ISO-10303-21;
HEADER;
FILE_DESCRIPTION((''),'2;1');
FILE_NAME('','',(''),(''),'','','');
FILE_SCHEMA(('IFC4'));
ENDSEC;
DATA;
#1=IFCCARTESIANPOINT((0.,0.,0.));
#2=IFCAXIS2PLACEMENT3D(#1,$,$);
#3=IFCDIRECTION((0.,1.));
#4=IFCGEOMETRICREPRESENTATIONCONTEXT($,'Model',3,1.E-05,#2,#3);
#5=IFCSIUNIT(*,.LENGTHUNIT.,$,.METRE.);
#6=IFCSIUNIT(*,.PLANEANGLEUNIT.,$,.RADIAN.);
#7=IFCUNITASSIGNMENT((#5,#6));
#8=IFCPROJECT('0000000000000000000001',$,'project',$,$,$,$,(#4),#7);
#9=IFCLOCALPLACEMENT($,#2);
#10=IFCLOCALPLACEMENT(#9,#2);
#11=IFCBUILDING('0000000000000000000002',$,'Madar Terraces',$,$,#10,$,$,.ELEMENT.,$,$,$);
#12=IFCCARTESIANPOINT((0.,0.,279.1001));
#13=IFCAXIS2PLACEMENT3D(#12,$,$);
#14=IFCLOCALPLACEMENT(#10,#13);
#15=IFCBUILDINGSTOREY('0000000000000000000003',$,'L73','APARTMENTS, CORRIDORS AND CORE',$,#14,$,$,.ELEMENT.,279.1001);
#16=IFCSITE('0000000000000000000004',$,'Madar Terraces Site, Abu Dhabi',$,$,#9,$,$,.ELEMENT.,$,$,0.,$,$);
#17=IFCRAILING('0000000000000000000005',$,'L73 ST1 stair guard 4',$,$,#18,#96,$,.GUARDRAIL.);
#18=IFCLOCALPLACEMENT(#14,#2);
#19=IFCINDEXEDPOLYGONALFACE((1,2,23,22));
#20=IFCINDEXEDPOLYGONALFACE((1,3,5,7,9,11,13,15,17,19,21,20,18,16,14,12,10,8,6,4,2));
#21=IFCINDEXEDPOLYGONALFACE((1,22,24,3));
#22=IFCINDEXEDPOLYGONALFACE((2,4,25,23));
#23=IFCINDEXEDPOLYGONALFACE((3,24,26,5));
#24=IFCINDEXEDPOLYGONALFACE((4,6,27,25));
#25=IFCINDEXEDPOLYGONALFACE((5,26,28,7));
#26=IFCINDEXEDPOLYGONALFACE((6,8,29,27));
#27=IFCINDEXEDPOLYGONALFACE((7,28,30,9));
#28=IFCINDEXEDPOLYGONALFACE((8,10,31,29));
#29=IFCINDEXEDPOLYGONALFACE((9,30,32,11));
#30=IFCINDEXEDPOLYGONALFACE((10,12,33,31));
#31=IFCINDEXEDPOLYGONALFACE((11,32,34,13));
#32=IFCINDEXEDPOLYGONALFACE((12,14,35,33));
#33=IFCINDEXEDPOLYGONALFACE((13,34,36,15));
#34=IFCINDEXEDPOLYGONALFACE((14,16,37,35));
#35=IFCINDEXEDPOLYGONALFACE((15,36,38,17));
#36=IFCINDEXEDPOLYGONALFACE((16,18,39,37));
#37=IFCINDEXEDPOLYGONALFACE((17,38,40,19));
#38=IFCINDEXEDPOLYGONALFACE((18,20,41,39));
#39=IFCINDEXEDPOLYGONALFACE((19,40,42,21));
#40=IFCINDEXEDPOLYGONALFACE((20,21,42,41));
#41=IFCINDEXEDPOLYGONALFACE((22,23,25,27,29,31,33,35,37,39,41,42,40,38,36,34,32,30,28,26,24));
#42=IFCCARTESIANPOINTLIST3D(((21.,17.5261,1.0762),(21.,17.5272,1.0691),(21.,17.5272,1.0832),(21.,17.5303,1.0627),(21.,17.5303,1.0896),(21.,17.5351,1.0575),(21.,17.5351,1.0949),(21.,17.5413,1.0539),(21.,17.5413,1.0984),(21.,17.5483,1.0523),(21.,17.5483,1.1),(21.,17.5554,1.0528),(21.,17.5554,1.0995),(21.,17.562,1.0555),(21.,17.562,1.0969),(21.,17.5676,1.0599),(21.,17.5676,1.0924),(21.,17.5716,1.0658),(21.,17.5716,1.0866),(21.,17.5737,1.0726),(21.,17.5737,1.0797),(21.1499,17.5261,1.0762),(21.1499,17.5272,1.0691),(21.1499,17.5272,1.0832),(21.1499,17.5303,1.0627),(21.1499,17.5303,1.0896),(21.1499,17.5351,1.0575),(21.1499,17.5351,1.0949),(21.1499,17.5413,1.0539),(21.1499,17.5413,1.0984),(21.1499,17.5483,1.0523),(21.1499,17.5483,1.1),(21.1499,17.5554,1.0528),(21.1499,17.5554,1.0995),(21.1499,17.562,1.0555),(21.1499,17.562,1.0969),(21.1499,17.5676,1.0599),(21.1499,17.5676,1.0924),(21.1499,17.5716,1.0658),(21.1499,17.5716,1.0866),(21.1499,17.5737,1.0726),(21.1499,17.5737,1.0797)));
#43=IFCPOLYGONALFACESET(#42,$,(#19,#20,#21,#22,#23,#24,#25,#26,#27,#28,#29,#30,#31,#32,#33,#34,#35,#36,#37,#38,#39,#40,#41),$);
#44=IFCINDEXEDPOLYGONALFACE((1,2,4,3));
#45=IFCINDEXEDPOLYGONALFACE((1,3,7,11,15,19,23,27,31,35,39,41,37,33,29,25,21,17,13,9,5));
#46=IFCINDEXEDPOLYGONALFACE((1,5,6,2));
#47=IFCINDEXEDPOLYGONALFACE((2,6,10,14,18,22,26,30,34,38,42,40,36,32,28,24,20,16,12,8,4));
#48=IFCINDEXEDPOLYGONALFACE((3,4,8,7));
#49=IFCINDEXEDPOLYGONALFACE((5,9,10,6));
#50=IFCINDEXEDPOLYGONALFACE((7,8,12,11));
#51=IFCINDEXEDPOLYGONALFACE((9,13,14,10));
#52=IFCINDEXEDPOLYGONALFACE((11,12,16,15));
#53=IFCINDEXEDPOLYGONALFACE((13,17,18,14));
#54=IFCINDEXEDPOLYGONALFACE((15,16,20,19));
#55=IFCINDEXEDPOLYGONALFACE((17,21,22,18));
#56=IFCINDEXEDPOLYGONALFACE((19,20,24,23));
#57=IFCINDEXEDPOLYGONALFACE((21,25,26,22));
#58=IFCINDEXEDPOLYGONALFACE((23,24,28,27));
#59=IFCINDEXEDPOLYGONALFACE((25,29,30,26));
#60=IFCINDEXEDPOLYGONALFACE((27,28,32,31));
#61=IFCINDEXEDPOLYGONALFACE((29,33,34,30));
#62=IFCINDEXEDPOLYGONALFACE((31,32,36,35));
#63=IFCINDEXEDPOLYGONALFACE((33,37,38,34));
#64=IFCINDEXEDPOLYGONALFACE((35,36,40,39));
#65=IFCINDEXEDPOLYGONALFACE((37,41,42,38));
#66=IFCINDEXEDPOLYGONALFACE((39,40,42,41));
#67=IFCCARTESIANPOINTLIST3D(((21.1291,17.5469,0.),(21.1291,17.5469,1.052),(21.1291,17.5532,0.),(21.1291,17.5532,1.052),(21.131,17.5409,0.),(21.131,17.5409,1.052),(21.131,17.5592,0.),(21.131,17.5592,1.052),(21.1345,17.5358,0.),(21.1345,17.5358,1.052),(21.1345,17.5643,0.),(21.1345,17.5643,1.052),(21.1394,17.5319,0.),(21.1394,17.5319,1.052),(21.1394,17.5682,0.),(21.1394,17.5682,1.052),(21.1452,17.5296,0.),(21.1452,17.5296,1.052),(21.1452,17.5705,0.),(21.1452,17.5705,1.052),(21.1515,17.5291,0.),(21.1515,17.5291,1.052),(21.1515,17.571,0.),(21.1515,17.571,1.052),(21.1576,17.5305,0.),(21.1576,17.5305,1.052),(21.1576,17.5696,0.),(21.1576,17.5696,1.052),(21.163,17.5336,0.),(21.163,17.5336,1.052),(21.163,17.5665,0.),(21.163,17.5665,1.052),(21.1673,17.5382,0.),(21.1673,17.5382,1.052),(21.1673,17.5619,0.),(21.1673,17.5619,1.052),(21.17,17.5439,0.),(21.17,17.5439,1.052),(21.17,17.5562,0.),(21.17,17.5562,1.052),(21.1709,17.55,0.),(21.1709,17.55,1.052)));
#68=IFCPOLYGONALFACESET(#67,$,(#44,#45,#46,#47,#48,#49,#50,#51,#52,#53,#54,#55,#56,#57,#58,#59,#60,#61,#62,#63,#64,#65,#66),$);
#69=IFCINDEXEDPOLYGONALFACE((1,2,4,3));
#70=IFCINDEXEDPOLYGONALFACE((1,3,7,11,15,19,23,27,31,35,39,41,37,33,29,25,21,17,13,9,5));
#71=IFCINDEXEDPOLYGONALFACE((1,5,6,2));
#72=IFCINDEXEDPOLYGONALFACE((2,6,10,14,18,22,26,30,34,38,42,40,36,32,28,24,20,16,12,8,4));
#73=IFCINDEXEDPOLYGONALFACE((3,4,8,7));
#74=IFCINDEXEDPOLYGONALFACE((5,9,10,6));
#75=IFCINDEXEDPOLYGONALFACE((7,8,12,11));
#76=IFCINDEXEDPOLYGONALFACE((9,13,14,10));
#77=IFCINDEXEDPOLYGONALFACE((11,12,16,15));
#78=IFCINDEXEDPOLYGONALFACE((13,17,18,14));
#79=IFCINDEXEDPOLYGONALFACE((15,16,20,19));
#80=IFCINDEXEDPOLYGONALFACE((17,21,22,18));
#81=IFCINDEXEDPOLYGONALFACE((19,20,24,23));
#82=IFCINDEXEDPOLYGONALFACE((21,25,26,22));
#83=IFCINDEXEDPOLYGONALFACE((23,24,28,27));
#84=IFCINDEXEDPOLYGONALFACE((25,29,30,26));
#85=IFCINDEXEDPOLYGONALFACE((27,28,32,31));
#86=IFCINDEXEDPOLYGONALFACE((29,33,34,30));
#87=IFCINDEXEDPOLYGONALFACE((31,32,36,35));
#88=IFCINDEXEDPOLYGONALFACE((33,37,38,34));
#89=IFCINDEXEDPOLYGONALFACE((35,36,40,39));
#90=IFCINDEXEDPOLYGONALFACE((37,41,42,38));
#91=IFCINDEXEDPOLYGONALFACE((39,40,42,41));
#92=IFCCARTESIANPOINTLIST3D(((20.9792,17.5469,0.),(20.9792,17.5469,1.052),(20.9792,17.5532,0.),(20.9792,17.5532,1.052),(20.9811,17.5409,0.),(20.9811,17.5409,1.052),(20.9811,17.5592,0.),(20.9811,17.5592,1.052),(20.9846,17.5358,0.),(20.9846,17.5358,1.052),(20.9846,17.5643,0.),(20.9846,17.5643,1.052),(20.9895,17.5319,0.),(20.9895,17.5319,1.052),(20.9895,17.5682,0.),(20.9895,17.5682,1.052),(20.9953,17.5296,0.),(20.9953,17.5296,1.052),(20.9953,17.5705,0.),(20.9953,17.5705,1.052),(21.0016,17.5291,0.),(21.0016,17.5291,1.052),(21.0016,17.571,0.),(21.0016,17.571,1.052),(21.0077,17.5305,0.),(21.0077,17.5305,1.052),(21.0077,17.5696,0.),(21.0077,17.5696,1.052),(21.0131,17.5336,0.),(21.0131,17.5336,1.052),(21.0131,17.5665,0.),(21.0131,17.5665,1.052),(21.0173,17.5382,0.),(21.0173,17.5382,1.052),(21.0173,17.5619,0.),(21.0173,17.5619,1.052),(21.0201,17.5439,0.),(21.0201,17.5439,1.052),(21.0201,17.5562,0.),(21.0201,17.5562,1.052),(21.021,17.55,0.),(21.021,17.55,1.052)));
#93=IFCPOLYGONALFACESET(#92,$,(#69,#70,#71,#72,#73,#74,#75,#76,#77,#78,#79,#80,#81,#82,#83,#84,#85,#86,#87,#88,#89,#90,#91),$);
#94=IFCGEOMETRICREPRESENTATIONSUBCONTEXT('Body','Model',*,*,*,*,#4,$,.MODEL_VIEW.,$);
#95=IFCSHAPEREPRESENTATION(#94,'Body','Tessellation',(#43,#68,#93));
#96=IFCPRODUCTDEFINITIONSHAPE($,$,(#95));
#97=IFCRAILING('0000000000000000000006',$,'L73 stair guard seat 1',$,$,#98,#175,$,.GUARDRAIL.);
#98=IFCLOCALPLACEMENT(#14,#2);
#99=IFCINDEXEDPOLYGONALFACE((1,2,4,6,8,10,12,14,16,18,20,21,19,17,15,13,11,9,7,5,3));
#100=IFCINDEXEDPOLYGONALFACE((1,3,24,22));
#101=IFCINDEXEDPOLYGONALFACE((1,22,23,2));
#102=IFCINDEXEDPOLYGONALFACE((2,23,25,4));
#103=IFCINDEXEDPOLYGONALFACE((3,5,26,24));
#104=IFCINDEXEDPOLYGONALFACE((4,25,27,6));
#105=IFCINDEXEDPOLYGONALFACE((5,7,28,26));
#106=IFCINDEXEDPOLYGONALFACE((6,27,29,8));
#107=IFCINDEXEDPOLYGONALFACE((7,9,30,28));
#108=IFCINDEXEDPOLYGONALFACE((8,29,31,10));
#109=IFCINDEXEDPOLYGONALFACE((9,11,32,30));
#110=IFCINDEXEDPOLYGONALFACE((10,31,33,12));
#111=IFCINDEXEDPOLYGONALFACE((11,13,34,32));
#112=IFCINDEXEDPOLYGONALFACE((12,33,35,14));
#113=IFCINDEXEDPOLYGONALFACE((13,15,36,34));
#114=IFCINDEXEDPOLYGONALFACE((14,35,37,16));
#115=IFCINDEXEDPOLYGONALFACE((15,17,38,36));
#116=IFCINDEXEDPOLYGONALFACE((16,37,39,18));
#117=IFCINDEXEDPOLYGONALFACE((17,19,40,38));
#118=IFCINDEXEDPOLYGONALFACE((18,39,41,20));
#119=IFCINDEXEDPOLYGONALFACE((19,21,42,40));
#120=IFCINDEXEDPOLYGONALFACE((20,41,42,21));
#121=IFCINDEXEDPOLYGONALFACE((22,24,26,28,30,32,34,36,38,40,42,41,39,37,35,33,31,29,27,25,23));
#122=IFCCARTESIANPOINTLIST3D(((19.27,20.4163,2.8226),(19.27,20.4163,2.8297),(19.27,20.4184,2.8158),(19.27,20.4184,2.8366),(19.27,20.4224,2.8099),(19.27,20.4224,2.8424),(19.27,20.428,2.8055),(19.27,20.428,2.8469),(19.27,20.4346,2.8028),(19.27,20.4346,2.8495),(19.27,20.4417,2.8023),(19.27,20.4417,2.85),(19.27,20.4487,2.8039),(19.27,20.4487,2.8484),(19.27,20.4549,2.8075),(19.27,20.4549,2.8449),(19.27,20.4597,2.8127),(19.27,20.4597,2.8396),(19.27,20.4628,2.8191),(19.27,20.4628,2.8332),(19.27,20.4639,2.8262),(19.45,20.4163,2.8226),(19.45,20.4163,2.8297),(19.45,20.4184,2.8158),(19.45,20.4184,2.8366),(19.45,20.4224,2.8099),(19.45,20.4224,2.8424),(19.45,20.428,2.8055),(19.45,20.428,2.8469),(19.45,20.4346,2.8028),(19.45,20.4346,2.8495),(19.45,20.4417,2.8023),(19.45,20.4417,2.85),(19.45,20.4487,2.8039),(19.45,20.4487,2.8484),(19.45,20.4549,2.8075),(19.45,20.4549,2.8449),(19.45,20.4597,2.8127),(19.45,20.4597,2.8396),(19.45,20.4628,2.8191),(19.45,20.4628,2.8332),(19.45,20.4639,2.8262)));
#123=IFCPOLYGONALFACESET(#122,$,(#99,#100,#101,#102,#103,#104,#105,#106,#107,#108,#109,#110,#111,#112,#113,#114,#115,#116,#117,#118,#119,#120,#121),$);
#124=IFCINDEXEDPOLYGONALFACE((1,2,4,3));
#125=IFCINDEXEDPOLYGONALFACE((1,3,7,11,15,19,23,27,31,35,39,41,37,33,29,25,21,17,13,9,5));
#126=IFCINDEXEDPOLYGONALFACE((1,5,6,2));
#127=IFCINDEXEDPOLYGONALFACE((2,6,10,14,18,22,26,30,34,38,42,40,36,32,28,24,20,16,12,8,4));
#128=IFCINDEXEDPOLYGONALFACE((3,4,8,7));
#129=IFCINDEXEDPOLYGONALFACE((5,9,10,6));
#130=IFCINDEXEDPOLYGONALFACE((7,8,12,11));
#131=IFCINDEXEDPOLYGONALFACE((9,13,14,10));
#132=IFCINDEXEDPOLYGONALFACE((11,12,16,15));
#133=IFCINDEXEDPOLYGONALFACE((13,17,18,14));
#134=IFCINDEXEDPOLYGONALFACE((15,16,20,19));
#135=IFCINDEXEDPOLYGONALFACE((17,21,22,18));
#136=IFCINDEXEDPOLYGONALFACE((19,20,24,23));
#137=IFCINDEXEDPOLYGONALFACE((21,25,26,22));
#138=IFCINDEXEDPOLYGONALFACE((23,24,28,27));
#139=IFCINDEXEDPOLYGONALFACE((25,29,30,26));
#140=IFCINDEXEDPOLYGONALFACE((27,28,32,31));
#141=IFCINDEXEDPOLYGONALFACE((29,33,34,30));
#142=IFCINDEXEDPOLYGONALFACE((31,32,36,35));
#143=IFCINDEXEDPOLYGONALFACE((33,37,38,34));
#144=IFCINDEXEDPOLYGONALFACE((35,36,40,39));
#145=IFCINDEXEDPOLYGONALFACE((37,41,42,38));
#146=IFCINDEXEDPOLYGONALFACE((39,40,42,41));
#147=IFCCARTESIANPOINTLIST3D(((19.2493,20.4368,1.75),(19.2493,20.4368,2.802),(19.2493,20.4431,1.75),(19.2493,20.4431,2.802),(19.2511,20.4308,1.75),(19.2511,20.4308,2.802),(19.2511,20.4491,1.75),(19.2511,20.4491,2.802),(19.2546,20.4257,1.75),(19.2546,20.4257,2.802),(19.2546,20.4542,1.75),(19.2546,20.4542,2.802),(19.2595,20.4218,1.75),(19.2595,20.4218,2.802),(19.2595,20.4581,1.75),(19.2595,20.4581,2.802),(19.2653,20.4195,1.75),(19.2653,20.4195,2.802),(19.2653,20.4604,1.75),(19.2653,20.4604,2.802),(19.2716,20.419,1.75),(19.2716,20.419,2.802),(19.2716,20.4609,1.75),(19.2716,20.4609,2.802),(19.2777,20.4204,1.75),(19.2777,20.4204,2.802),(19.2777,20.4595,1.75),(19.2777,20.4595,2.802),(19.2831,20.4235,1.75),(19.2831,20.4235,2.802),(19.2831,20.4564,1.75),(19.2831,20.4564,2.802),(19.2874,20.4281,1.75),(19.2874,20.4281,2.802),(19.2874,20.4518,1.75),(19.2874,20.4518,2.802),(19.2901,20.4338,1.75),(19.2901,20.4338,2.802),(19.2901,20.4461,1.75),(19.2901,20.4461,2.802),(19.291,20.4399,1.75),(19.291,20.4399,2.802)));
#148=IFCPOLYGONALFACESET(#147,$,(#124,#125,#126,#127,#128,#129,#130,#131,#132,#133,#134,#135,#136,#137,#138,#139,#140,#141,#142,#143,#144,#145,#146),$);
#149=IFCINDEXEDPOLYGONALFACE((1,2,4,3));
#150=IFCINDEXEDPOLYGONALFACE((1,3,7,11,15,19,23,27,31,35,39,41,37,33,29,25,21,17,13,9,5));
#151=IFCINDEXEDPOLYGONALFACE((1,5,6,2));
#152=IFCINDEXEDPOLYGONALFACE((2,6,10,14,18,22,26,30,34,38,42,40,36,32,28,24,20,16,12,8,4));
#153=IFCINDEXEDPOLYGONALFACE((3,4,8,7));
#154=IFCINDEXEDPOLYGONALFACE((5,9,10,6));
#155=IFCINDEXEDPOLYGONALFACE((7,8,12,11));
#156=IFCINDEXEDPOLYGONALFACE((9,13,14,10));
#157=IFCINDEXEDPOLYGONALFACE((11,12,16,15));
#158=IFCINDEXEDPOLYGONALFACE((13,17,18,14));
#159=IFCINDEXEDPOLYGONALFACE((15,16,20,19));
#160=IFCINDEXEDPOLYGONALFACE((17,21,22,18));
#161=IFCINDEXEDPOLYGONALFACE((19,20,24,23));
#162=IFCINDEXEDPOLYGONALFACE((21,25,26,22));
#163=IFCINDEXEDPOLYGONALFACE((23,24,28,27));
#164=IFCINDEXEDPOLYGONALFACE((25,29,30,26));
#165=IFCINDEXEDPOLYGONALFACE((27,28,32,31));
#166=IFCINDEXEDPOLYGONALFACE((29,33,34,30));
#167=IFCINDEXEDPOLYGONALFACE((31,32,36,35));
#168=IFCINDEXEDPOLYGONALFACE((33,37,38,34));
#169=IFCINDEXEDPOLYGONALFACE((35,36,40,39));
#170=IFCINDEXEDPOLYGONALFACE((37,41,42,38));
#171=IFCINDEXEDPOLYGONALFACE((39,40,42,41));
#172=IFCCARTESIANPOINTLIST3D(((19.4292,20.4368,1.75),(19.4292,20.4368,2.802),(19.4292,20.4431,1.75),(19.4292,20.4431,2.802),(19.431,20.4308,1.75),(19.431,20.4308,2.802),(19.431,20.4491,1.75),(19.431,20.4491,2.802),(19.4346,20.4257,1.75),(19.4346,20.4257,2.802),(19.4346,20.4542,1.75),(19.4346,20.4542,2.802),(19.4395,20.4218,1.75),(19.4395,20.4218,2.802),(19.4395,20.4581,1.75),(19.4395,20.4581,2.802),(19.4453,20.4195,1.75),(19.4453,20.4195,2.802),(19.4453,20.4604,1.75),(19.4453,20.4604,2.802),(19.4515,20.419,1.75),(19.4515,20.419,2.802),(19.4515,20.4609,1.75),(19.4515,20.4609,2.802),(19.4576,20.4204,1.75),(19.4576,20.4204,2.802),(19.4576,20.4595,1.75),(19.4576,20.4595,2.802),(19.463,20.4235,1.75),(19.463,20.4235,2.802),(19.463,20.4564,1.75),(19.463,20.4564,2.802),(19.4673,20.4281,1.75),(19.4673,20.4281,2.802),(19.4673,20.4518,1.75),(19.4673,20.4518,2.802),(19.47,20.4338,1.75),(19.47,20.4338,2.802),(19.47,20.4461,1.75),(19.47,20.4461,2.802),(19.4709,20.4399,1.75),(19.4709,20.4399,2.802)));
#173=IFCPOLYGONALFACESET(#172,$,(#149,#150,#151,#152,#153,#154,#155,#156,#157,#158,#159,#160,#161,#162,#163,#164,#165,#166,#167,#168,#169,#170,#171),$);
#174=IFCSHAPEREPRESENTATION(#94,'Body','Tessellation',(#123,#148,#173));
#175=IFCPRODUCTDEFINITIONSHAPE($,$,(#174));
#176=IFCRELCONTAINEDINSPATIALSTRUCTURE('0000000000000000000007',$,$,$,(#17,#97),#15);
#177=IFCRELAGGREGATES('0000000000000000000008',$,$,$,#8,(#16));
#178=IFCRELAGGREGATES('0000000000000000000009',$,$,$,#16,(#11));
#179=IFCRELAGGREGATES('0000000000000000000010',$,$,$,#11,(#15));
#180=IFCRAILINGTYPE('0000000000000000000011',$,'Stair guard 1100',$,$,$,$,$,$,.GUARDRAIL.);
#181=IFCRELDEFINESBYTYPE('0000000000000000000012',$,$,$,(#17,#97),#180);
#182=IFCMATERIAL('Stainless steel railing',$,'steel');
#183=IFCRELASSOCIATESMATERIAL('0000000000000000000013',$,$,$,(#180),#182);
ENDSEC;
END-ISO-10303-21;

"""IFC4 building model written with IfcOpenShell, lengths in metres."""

from ifc_helpers import new_model, si_unit, direction, frame, origin, origin_2d, place, context, subcontext, project, spatial, circle, extrude, material, type_object, element, save


model = new_model("IFC4")

# Units and contexts
model_context = context("Model", 3, precision=1e-05, world=origin(), true_north=direction((0.0, 1.0)))
body_context = subcontext(model_context, "Body", "Model", "MODEL_VIEW")
ifc_project = project(units=[si_unit("LENGTHUNIT", "METRE"), si_unit("PLANEANGLEUNIT", "RADIAN")], contexts=[model_context])

# Site, building, storey
site_placement = place(None, origin())
site = spatial("IfcSite", under=ifc_project, at=site_placement, Name="Madar Terraces Site, Abu Dhabi", CompositionType="ELEMENT", RefElevation=0.0)
building_placement = place(site_placement, origin())
building = spatial("IfcBuilding", under=site, at=building_placement, Name="Madar Terraces", CompositionType="ELEMENT")
storey_placement = place(building_placement, frame((0.0, 0.0, 279.1001)))
storey = spatial("IfcBuildingStorey", under=building, at=storey_placement, Name="L73", Description="APARTMENTS, CORRIDORS AND CORE", CompositionType="ELEMENT", Elevation=279.1001)

# Railings
ifc_material_1 = material(Name="Stainless steel railing", Category="steel")
railing_type_1 = type_object("IfcRailingType", Name="Stair guard 1100", PredefinedType="GUARDRAIL", material=ifc_material_1)
railing_1_placement = place(storey_placement, frame((21.1499, 17.55, 0.0)))
element("IfcRailing", 1, at=railing_1_placement, inside=storey, type_object=railing_type_1, Name="L73 ST1 stair guard 4", PredefinedType="GUARDRAIL", context=body_context, shape_type="SweptSolid", body=[
    extrude(circle(Radius=0.0239, at=origin_2d()), frame((0.0, 0.0, 1.0762), z_axis=(-1.0, 0.0, 0.0), x_axis=(0.0, -1.0, 0.0)), (0.0, 0.0, 1.0), 0.1499),
    extrude(circle(Radius=0.021, at=origin_2d()), origin(), (0.0, 0.0, 1.0), 1.052),
    extrude(circle(Radius=0.021, at=origin_2d()), frame((-0.1499, 0.0, 0.0)), (0.0, 0.0, 1.0), 1.052),
])
for number, where, name in (
    (2, (19.27, 20.4399, 1.75), "L73 stair guard seat 1"),
):
    element("IfcRailing", number, at=place(storey_placement, frame(where)), inside=storey, type_object=railing_type_1, Name=name, PredefinedType="GUARDRAIL", context=body_context, shape_type="SweptSolid", body=[
        extrude(circle(Radius=0.0239, at=origin_2d()), frame((0.0, 0.0, 1.0762), z_axis=(1.0, 0.0, 0.0), x_axis=(0.0, 1.0, 0.0)), (0.0, 0.0, 1.0), 0.1799),
        extrude(circle(Radius=0.021, at=origin_2d()), origin(), (0.0, 0.0, 1.0), 1.052),
        extrude(circle(Radius=0.021, at=origin_2d()), frame((0.1799, 0.0, 0.0)), (0.0, 0.0, 1.0), 1.052),
    ])

save(model, "model.ifc")
